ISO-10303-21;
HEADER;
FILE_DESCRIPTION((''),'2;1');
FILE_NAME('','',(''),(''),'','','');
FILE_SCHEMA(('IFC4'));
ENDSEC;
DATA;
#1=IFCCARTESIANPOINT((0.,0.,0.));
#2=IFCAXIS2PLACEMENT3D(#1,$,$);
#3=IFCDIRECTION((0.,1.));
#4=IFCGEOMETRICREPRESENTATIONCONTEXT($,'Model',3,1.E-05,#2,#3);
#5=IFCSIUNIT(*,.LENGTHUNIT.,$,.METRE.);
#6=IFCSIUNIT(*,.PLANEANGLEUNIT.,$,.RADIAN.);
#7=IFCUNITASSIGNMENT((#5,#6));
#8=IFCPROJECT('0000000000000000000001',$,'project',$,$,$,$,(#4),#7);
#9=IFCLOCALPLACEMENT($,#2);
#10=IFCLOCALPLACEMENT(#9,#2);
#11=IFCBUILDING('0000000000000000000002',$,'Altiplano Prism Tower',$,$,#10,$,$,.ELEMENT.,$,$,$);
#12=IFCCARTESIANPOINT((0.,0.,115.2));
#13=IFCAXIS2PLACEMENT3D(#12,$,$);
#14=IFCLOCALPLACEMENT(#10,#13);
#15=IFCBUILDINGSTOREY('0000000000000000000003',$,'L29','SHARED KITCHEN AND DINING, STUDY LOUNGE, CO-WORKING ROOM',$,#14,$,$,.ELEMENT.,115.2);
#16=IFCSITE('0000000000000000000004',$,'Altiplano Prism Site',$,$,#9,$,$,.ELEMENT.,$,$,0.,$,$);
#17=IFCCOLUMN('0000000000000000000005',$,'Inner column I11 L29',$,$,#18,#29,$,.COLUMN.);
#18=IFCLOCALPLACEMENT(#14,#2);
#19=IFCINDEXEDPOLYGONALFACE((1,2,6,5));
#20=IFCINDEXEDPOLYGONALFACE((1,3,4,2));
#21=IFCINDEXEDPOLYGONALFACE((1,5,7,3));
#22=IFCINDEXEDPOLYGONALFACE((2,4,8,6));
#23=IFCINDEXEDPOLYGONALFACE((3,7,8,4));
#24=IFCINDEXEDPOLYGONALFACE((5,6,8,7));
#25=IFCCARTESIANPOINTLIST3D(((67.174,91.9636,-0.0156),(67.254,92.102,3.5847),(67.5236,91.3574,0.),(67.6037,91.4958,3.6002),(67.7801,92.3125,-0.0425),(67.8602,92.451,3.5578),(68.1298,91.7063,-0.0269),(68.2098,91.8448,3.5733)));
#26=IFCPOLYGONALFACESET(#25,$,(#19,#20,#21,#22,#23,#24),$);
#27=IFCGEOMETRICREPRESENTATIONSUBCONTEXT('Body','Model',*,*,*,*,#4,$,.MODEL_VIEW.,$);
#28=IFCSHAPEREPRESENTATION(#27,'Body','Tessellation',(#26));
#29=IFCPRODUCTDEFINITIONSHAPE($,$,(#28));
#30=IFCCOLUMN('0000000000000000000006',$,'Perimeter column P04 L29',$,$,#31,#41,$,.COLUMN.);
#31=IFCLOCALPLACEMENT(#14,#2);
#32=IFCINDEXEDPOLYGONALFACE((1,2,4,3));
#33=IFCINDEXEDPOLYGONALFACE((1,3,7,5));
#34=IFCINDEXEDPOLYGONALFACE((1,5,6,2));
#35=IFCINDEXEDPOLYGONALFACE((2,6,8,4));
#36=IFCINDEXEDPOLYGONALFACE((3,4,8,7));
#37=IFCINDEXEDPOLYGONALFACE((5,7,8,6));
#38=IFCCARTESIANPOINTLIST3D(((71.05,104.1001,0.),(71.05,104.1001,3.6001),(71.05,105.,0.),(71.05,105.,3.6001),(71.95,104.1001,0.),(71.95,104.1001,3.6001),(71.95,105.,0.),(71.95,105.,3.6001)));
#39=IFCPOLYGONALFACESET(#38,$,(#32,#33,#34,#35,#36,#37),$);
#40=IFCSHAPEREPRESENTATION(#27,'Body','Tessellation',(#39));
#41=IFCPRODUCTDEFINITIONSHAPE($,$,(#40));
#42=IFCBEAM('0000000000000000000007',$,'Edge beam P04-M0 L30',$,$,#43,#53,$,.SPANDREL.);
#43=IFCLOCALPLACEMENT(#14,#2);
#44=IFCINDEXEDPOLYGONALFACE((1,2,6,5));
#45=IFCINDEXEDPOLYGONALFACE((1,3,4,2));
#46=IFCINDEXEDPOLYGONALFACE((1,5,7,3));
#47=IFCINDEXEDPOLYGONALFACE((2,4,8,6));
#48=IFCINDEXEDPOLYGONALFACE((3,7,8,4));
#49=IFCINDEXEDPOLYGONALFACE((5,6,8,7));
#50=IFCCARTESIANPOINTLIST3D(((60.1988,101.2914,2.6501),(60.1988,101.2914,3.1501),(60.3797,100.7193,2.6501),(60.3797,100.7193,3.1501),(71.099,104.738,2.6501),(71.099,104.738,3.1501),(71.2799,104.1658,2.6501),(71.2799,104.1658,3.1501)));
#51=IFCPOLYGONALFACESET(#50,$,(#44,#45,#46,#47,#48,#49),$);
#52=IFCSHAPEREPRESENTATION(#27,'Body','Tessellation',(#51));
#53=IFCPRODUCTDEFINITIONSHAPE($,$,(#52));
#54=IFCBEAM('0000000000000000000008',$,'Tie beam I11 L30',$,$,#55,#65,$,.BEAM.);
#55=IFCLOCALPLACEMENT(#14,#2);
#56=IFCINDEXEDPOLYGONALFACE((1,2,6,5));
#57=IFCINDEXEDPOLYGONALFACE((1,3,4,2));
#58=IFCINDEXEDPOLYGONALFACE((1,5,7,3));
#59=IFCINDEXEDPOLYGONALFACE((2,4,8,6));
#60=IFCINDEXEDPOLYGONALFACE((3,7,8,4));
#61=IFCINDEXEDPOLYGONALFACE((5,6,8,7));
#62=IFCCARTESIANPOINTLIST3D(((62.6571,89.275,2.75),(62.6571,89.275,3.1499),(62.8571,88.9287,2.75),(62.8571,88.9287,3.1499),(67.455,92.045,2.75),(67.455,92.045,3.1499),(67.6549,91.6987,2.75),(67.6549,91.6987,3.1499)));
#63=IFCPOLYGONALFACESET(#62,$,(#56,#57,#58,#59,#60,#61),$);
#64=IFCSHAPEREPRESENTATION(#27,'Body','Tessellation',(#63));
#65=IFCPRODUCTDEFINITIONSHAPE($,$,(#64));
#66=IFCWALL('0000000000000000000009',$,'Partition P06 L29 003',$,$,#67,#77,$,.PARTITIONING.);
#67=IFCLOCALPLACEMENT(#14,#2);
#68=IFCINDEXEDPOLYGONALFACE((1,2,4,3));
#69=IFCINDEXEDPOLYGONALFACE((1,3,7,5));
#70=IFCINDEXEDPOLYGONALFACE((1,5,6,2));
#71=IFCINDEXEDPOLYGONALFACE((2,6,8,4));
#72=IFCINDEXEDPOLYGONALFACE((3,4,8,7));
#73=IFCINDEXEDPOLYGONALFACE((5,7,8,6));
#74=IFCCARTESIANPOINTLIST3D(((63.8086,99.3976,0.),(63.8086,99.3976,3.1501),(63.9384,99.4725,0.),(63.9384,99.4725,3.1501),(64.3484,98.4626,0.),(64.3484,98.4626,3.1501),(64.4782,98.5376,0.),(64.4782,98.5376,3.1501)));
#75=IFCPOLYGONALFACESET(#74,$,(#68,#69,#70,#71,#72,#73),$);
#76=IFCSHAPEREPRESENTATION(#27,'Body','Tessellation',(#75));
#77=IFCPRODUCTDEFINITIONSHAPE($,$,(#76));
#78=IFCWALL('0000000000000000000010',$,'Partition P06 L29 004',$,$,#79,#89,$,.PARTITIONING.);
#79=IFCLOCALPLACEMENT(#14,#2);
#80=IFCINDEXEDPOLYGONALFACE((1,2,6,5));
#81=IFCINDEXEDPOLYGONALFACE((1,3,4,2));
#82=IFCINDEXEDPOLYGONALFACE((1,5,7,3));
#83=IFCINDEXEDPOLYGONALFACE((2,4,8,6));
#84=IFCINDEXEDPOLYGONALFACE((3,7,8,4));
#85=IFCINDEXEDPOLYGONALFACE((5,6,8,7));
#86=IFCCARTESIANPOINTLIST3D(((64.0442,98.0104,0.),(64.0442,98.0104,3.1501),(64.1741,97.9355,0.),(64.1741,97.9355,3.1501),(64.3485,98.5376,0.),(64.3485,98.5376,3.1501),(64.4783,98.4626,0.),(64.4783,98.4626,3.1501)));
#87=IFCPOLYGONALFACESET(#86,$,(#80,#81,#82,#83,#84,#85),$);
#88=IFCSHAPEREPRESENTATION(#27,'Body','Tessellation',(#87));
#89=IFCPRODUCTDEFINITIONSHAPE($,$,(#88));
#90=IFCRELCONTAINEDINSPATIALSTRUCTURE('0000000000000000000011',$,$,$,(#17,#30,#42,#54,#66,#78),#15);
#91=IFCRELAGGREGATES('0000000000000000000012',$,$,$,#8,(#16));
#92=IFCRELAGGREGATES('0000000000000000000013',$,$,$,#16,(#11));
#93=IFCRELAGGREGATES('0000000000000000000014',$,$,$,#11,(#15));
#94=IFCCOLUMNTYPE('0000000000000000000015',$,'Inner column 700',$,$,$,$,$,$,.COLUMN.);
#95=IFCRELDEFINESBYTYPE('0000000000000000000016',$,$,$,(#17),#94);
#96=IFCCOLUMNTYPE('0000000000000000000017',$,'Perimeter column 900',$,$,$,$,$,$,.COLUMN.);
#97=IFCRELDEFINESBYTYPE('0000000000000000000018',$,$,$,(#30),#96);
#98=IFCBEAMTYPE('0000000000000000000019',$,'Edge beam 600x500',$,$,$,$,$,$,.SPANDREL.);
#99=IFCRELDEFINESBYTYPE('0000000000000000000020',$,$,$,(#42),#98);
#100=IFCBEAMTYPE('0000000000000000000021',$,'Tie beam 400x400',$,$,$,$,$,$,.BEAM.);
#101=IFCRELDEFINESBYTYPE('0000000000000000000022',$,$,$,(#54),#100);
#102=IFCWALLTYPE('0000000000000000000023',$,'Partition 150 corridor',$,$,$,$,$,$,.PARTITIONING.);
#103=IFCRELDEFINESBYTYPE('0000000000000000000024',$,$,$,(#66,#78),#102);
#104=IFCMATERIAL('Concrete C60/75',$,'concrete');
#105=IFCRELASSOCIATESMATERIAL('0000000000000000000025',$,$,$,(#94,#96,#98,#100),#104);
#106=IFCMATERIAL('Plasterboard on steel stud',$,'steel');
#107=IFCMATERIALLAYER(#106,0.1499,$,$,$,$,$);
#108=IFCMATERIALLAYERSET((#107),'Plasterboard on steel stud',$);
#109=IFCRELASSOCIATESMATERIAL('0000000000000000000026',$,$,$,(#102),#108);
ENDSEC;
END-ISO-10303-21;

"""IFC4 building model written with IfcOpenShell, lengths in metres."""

from ifc_helpers import new_model, si_unit, direction, frame, frame_2d, origin, origin_2d, place, context, subcontext, project, spatial, rectangle, extrude, material, layer, layer_set, material_profile, profile_set, type_object, element, save


model = new_model("IFC4")

# Units and contexts
model_context = context("Model", 3, precision=1e-05, world=origin(), true_north=direction((0.0, 1.0)))
body_context = subcontext(model_context, "Body", "Model", "MODEL_VIEW")
ifc_project = project(units=[si_unit("LENGTHUNIT", "METRE"), si_unit("PLANEANGLEUNIT", "RADIAN")], contexts=[model_context])

# Site, building, storey
site_placement = place(None, origin())
site = spatial("IfcSite", under=ifc_project, at=site_placement, Name="Altiplano Prism Site", CompositionType="ELEMENT", RefElevation=0.0)
building_placement = place(site_placement, origin())
building = spatial("IfcBuilding", under=site, at=building_placement, Name="Altiplano Prism Tower", CompositionType="ELEMENT")
storey_placement = place(building_placement, frame((0.0, 0.0, 115.2)))
storey = spatial("IfcBuildingStorey", under=building, at=storey_placement, Name="L29", Description="SHARED KITCHEN AND DINING, STUDY LOUNGE, CO-WORKING ROOM", CompositionType="ELEMENT", Elevation=115.2)

# Columns
ifc_material_1 = material(Name="Concrete C60/75", Category="concrete")
ifc_material_profile_1 = material_profile(ifc_material_1, rectangle(XDim=0.7, YDim=0.7, at=origin_2d()), Name="Inner column 700")
ifc_profile_set_1 = profile_set([ifc_material_profile_1], Name="Concrete C60/75")
column_type_1 = type_object("IfcColumnType", Name="Inner column 700", PredefinedType="COLUMN", material=ifc_profile_set_1)
column_1_placement = place(storey_placement, frame((67.6519, 91.835, -0.0212), z_axis=(0.022221, 0.038413, 0.999015), x_axis=(-0.866024, -0.498523, 0.038432)))
element("IfcColumn", 1, at=column_1_placement, inside=storey, type_object=column_type_1, Name="Inner column I11 L29", PredefinedType="COLUMN", context=body_context, shape_type="SweptSolid", body=[
    extrude(rectangle(XDim=0.7, YDim=0.7, at=origin_2d()), origin(), (0.0, 0.0, 1.0), 3.6038),
])
ifc_material_profile_2 = material_profile(ifc_material_1, rectangle(XDim=0.8999, YDim=0.8999, at=origin_2d()), Name="Perimeter column 900")
ifc_profile_set_2 = profile_set([ifc_material_profile_2], Name="Concrete C60/75")
column_type_2 = type_object("IfcColumnType", Name="Perimeter column 900", PredefinedType="COLUMN", material=ifc_profile_set_2)
column_2_placement = place(storey_placement, frame((71.5, 104.55, 0.0), z_axis=(0.0, 0.0, 1.0), x_axis=(1.0, 0.0, 0.0)))
element("IfcColumn", 2, at=column_2_placement, inside=storey, type_object=column_type_2, Name="Perimeter column P04 L29", PredefinedType="COLUMN", context=body_context, shape_type="SweptSolid", body=[
    extrude(rectangle(XDim=0.8999, YDim=0.8999, at=origin_2d()), origin(), (0.0, 0.0, 1.0), 3.6001),
])

# Beams
ifc_material_profile_3 = material_profile(ifc_material_1, rectangle(XDim=0.6001, YDim=0.5, at=origin_2d()), Name="Edge beam 600x500")
ifc_profile_set_3 = profile_set([ifc_material_profile_3], Name="Concrete C60/75")
beam_type_1 = type_object("IfcBeamType", Name="Edge beam 600x500", PredefinedType="SPANDREL", material=ifc_profile_set_3)
beam_1_placement = place(storey_placement, frame((71.1895, 104.4519, 2.9001), z_axis=(-0.953473, -0.30148, 0.0), x_axis=(0.30148, -0.953473, 0.0)))
element("IfcBeam", 3, at=beam_1_placement, inside=storey, type_object=beam_type_1, Name="Edge beam P04-M0 L30", PredefinedType="SPANDREL", context=body_context, shape_type="SweptSolid", body=[
    extrude(rectangle(XDim=0.6001, YDim=0.5, at=origin_2d()), origin(), (0.0, 0.0, 1.0), 11.4321),
])
ifc_material_profile_4 = material_profile(ifc_material_1, rectangle(XDim=0.3999, YDim=0.3999, at=origin_2d()), Name="Tie beam 400x400")
ifc_profile_set_4 = profile_set([ifc_material_profile_4], Name="Concrete C60/75")
beam_type_2 = type_object("IfcBeamType", Name="Tie beam 400x400", PredefinedType="BEAM", material=ifc_profile_set_4)
beam_2_placement = place(storey_placement, frame((67.5549, 91.8718, 2.95), z_axis=(-0.866027, -0.499997, 0.0), x_axis=(0.499997, -0.866027, 0.0)))
element("IfcBeam", 4, at=beam_2_placement, inside=storey, type_object=beam_type_2, Name="Tie beam I11 L30", PredefinedType="BEAM", context=body_context, shape_type="SweptSolid", body=[
    extrude(rectangle(XDim=0.3999, YDim=0.3999, at=origin_2d()), origin(), (0.0, 0.0, 1.0), 5.54),
])

# Walls
ifc_material_2 = material(Name="Plasterboard on steel stud", Category="steel")
ifc_layer = layer(ifc_material_2, 0.1499)
ifc_layer_set = layer_set([ifc_layer], Name="Plasterboard on steel stud")
wall_type = type_object("IfcWallType", Name="Partition 150 corridor", PredefinedType="PARTITIONING", material=ifc_layer_set)
wall_1_placement = place(storey_placement, frame((63.8735, 99.4351, 0.0), z_axis=(0.0, 0.0, 1.0), x_axis=(0.499957, -0.86605, 0.0)))
element("IfcWall", 5, at=wall_1_placement, inside=storey, type_object=wall_type, Name="Partition P06 L29 003", PredefinedType="PARTITIONING", context=body_context, shape_type="SweptSolid", body=[
    extrude(rectangle(XDim=1.0796, YDim=0.1499, at=frame_2d((0.5398, 0.0))), origin(), (0.0, 0.0, 1.0), 3.1501),
])
wall_2_placement = place(storey_placement, frame((64.4133, 98.5, 0.0), z_axis=(0.0, 0.0, 1.0), x_axis=(-0.49985, -0.866112, 0.0)))
element("IfcWall", 6, at=wall_2_placement, inside=storey, type_object=wall_type, Name="Partition P06 L29 004", PredefinedType="PARTITIONING", context=body_context, shape_type="SweptSolid", body=[
    extrude(rectangle(XDim=0.6086, YDim=0.1499, at=frame_2d((0.3042, 0.0))), origin(), (0.0, 0.0, 1.0), 3.1501),
])

save(model, "model.ifc")
